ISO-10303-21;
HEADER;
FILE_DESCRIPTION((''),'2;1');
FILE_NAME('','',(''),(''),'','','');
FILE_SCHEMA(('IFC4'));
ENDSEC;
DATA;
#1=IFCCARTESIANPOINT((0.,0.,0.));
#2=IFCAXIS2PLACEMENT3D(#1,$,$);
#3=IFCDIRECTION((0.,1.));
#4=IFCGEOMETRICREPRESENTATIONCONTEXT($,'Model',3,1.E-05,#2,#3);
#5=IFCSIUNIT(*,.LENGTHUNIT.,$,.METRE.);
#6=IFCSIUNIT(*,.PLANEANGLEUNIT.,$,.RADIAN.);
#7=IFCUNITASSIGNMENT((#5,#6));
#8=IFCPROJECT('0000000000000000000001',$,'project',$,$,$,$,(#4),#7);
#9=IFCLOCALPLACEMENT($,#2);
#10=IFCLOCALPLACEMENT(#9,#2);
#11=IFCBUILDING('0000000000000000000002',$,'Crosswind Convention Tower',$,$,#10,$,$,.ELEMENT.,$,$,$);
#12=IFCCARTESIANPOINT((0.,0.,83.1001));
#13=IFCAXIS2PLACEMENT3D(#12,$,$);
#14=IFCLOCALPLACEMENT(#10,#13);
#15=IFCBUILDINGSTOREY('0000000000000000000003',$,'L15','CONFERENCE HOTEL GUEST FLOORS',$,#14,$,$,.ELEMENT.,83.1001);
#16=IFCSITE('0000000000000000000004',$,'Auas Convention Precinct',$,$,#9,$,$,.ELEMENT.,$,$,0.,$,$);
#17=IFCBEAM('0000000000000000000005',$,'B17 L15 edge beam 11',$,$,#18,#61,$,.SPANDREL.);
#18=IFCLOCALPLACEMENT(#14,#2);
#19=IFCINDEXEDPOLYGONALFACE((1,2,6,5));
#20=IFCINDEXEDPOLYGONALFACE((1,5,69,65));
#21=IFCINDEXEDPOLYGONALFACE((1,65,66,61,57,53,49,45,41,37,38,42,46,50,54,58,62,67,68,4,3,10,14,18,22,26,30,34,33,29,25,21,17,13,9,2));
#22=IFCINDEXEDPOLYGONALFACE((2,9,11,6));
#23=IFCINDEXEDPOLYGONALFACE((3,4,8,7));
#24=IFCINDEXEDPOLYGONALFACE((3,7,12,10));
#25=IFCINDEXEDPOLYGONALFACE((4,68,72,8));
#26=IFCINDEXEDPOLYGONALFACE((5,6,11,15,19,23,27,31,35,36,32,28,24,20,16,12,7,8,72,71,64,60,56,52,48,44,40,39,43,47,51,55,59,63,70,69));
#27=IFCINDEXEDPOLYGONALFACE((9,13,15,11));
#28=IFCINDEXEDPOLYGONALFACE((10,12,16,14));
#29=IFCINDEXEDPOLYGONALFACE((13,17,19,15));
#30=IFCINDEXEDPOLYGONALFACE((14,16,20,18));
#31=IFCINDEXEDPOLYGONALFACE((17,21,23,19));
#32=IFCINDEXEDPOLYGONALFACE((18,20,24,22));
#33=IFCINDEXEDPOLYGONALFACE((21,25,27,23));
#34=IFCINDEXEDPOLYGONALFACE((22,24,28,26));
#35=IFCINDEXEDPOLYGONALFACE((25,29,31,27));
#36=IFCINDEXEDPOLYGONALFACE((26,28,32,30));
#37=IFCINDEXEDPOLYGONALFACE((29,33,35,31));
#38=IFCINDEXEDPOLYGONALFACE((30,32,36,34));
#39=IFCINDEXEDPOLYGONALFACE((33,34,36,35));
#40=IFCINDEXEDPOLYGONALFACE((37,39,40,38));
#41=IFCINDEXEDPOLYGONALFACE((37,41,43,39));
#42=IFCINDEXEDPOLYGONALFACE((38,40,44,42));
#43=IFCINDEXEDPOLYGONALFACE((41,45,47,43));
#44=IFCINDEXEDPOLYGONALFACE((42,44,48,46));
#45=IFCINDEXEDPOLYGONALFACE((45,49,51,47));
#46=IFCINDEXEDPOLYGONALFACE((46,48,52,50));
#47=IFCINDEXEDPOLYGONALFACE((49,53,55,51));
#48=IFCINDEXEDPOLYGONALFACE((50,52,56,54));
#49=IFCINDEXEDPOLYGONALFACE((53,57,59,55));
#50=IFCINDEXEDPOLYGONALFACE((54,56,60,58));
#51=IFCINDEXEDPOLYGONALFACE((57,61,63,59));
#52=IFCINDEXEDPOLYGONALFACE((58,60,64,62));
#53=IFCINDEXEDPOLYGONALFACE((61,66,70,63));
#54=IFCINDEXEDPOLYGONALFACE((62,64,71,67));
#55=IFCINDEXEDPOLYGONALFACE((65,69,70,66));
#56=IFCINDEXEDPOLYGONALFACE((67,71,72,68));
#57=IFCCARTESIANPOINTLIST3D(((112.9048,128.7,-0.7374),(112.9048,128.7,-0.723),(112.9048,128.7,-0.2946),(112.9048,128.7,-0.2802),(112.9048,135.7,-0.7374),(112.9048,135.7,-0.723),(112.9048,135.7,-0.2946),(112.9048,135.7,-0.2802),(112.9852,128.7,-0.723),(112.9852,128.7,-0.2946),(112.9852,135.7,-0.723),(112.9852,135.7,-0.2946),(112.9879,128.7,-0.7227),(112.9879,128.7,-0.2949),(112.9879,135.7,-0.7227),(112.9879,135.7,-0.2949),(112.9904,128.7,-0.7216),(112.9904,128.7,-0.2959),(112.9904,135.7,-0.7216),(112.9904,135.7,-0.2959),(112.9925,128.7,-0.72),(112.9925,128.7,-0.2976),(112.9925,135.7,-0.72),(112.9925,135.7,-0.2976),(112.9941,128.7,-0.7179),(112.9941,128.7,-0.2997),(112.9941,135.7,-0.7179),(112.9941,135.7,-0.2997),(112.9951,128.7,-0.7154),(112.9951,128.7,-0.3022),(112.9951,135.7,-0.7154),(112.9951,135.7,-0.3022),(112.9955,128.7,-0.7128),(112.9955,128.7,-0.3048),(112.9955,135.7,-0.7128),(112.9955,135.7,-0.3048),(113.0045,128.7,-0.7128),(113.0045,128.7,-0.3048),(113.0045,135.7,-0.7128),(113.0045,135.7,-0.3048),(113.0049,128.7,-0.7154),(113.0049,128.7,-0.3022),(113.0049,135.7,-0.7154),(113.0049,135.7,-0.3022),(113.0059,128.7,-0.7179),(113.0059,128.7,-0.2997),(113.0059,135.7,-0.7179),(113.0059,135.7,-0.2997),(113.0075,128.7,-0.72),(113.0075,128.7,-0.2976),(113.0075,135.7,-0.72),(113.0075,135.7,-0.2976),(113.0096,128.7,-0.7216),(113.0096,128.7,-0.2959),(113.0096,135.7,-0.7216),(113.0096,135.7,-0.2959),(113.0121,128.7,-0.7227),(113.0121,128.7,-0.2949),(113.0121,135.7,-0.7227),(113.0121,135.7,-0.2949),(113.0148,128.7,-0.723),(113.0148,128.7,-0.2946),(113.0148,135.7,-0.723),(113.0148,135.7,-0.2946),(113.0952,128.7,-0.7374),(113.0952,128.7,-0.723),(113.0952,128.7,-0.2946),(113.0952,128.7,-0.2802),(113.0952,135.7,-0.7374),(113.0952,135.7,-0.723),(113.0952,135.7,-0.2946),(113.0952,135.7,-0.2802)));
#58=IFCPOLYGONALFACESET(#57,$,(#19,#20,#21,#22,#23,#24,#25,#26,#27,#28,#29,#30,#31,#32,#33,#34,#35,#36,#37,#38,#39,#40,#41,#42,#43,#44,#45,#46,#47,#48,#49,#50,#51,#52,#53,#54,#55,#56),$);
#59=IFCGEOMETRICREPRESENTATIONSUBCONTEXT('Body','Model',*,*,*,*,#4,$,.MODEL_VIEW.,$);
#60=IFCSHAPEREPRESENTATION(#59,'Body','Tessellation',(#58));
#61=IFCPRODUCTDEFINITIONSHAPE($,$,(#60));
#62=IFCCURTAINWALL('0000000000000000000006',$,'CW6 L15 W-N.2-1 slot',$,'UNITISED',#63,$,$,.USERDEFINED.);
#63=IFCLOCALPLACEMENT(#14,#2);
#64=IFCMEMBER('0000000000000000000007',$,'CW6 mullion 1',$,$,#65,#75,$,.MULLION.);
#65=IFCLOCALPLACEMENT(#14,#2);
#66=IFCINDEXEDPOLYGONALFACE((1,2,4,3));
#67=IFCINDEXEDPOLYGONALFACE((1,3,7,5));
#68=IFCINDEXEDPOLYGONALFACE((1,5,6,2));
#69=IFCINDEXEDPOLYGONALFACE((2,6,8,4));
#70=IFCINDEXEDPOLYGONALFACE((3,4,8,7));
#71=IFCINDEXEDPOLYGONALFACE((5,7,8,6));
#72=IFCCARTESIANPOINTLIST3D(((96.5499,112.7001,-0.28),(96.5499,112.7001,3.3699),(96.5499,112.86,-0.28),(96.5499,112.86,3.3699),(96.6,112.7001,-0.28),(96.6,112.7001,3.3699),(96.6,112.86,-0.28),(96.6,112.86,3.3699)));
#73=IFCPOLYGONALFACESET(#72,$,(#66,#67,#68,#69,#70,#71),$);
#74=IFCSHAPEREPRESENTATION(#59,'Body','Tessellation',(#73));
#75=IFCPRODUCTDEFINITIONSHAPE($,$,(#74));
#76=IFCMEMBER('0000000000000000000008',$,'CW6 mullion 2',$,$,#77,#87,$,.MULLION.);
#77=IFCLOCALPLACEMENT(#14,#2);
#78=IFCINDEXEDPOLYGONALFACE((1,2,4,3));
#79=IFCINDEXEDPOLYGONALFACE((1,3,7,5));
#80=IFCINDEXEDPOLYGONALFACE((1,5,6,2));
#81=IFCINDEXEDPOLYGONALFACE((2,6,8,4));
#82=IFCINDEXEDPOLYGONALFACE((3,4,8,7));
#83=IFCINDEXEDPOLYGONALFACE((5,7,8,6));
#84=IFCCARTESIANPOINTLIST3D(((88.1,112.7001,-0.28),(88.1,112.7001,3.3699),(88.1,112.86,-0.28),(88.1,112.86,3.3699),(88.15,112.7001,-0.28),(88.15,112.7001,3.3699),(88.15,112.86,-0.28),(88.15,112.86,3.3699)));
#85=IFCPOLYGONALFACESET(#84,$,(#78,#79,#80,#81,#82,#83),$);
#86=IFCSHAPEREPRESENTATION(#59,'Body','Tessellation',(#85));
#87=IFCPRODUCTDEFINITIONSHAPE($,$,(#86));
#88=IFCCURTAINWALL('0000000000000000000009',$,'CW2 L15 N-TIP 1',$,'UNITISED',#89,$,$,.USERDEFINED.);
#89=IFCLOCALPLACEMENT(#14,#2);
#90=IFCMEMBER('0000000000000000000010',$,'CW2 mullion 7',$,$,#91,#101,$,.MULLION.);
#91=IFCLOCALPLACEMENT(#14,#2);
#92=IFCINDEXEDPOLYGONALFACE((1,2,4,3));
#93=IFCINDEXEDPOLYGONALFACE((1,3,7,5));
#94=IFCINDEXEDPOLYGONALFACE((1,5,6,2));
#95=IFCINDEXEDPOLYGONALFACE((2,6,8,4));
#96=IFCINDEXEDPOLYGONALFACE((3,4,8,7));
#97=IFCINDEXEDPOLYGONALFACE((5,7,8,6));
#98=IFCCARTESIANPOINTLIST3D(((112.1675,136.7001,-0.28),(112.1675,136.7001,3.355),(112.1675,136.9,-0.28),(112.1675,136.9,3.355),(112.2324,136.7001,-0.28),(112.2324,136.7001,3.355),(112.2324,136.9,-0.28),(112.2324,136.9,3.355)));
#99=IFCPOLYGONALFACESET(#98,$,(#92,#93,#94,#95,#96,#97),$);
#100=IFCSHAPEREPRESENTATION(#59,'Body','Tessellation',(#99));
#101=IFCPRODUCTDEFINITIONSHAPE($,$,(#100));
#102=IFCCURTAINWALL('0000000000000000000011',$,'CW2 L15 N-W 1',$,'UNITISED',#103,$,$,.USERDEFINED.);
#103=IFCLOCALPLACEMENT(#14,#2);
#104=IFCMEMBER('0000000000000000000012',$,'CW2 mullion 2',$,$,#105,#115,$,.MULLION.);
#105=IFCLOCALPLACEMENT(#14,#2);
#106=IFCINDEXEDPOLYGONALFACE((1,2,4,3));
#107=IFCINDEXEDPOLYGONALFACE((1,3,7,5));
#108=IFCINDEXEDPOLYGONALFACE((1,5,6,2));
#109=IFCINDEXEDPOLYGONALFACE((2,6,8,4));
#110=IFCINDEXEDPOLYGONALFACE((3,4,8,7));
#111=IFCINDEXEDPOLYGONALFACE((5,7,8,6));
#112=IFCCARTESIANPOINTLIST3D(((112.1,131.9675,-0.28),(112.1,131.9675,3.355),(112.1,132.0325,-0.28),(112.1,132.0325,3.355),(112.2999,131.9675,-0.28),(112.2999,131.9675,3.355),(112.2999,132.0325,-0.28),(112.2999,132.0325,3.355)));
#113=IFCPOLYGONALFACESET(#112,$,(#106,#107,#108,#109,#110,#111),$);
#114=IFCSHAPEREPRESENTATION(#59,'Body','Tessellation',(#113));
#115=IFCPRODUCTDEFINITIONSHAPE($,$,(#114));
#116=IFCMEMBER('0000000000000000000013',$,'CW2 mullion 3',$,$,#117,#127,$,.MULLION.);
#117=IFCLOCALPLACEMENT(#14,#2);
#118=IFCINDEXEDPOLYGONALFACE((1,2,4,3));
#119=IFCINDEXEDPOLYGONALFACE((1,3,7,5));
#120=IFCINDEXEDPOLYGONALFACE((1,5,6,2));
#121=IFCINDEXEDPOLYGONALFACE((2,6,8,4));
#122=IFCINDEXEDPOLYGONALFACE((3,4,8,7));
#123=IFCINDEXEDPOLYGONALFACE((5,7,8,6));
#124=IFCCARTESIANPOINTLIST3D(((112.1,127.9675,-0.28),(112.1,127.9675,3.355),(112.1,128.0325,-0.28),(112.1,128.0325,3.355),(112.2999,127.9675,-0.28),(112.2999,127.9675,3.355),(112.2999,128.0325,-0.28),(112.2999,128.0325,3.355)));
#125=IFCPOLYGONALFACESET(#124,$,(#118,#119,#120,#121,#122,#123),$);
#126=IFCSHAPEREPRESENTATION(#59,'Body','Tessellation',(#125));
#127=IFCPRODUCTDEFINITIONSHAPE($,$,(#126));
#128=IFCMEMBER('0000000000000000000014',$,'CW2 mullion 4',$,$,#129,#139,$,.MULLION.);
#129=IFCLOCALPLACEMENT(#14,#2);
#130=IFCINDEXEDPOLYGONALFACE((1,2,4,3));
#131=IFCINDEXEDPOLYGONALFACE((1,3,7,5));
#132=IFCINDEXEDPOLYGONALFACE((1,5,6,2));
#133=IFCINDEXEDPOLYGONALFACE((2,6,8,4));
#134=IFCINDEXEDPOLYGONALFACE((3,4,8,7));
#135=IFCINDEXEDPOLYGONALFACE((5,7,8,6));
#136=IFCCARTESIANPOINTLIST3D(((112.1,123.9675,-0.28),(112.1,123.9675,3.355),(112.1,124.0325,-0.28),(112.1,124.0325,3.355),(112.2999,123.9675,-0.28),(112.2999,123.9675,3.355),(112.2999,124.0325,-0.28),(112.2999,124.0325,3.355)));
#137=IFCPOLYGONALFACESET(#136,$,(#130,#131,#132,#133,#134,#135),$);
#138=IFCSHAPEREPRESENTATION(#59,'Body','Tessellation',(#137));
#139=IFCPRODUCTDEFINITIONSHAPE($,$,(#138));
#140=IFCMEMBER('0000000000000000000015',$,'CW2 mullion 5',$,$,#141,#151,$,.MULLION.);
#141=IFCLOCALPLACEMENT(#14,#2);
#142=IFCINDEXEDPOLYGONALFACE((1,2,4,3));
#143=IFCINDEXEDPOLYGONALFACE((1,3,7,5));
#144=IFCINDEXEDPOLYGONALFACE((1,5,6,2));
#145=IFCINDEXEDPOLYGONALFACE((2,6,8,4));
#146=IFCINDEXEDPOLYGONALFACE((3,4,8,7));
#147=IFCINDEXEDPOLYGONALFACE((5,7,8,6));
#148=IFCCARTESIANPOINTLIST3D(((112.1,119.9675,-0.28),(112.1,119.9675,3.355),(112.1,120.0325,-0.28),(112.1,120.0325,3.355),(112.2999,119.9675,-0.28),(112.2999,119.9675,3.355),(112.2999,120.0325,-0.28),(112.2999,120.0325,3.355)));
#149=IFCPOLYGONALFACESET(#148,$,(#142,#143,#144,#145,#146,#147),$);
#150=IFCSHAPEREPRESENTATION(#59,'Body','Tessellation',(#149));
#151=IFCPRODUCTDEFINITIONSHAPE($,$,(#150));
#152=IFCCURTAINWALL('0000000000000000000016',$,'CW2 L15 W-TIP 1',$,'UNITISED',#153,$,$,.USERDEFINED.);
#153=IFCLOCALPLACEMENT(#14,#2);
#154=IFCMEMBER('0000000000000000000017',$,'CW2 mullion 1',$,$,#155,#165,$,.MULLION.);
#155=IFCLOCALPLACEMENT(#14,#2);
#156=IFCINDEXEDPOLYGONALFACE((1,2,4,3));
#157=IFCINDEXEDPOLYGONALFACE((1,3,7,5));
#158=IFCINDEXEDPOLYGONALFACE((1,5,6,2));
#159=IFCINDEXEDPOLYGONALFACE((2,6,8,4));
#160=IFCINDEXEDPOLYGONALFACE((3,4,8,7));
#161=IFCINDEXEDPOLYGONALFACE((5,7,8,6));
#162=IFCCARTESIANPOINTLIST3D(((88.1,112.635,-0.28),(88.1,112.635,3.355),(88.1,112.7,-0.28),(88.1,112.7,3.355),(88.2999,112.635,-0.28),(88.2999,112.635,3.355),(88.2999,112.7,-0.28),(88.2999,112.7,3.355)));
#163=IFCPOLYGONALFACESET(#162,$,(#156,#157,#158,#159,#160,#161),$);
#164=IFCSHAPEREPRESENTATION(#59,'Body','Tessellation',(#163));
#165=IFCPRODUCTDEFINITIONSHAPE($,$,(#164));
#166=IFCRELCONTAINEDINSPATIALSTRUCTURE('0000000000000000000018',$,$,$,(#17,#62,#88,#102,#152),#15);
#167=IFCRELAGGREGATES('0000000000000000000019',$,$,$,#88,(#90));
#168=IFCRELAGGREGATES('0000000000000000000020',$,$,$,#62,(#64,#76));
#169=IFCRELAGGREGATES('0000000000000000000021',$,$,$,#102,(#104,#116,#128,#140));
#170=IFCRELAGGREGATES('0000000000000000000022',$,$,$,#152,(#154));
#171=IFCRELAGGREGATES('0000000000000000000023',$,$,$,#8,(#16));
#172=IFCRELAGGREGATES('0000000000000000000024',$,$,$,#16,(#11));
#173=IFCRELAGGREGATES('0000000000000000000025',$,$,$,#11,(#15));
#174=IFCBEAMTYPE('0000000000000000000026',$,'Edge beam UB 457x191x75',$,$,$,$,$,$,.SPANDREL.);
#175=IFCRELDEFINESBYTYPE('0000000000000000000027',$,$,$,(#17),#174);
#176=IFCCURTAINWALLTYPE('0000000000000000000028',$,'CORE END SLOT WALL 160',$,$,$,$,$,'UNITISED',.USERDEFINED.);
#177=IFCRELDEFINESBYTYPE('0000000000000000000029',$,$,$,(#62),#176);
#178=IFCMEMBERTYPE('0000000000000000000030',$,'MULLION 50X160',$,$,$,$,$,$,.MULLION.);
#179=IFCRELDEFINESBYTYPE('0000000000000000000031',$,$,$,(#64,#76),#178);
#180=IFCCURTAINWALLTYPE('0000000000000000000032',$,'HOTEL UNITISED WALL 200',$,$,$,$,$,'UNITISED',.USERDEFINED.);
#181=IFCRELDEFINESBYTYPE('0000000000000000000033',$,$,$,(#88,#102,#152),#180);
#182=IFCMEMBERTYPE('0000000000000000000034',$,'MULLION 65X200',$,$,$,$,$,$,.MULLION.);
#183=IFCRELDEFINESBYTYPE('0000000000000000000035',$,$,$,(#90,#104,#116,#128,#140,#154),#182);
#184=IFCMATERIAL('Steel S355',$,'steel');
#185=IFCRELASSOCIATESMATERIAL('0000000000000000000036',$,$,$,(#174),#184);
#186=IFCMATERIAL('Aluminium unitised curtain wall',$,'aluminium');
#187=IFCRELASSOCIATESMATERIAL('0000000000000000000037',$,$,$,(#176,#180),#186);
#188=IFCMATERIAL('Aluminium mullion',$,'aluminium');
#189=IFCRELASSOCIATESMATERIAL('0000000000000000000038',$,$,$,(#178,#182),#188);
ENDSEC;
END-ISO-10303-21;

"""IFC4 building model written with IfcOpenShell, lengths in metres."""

from ifc_helpers import new_model, si_unit, direction, frame, origin, origin_2d, place, context, subcontext, project, spatial, rectangle, i_section, extrude, material, material_profile, profile_set, type_object, element, aggregate, save


model = new_model("IFC4")

# Units and contexts
model_context = context("Model", 3, precision=1e-05, world=origin(), true_north=direction((0.0, 1.0)))
body_context = subcontext(model_context, "Body", "Model", "MODEL_VIEW")
ifc_project = project(units=[si_unit("LENGTHUNIT", "METRE"), si_unit("PLANEANGLEUNIT", "RADIAN")], contexts=[model_context])

# Site, building, storey
site_placement = place(None, origin())
site = spatial("IfcSite", under=ifc_project, at=site_placement, Name="Auas Convention Precinct", CompositionType="ELEMENT", RefElevation=0.0)
building_placement = place(site_placement, origin())
building = spatial("IfcBuilding", under=site, at=building_placement, Name="Crosswind Convention Tower", CompositionType="ELEMENT")
storey_placement = place(building_placement, frame((0.0, 0.0, 83.1001)))
storey = spatial("IfcBuildingStorey", under=building, at=storey_placement, Name="L15", Description="CONFERENCE HOTEL GUEST FLOORS", CompositionType="ELEMENT", Elevation=83.1001)

# Beam
ifc_material_1 = material(Name="Steel S355", Category="steel")
ifc_material_profile_1 = material_profile(ifc_material_1, i_section(OverallWidth=0.1904, OverallDepth=0.4573, WebThickness=0.009, FlangeThickness=0.0144, FilletRadius=0.0103, at=origin_2d()), Name="UB 457x191x75")
ifc_profile_set_1 = profile_set([ifc_material_profile_1], Name="Steel S355")
beam_type_1 = type_object("IfcBeamType", Name="Edge beam UB 457x191x75", PredefinedType="SPANDREL", material=ifc_profile_set_1)
beam_1_placement = place(storey_placement, frame((113.0, 128.7, -0.5088), z_axis=(0.0, 1.0, 0.0), x_axis=(-1.0, 0.0, 0.0)))
element("IfcBeam", 1, at=beam_1_placement, inside=storey, type_object=beam_type_1, Name="B17 L15 edge beam 11", PredefinedType="SPANDREL", context=body_context, shape_type="SweptSolid", body=[
    extrude(i_section(OverallWidth=0.1904, OverallDepth=0.4573, WebThickness=0.009, FlangeThickness=0.0144, FilletRadius=0.0103, at=origin_2d()), origin(), (0.0, 0.0, 1.0), 7.0),
])

# Curtain wall, members
ifc_material_2 = material(Name="Aluminium unitised curtain wall", Category="aluminium")
curtain_wall_type_1 = type_object("IfcCurtainWallType", Name="CORE END SLOT WALL 160", ElementType="UNITISED", PredefinedType="USERDEFINED", material=ifc_material_2)
curtain_wall_1_placement = place(storey_placement, origin())
curtain_wall_1 = element("IfcCurtainWall", 2, at=curtain_wall_1_placement, inside=storey, type_object=curtain_wall_type_1, Name="CW6 L15 W-N.2-1 slot", ObjectType="UNITISED", PredefinedType="USERDEFINED")
ifc_material_3 = material(Name="Aluminium mullion", Category="aluminium")
ifc_material_profile_2 = material_profile(ifc_material_3, rectangle(XDim=0.1599, YDim=0.05, at=origin_2d()), Name="AL 160X50")
ifc_profile_set_2 = profile_set([ifc_material_profile_2], Name="Aluminium mullion")
member_type_1 = type_object("IfcMemberType", Name="MULLION 50X160", PredefinedType="MULLION", material=ifc_profile_set_2)
member_1_placement = place(storey_placement, frame((96.575, 112.78, -0.28), z_axis=(0.0, 0.0, 1.0), x_axis=(0.0, 1.0, 0.0)))
member_1 = element("IfcMember", 3, at=member_1_placement, type_object=member_type_1, Name="CW6 mullion 1", PredefinedType="MULLION", context=body_context, shape_type="SweptSolid", body=[
    extrude(rectangle(XDim=0.1599, YDim=0.05, at=origin_2d()), origin(), (0.0, 0.0, 1.0), 3.6499),
])
member_2_placement = place(storey_placement, frame((88.125, 112.78, -0.28), z_axis=(0.0, 0.0, 1.0), x_axis=(0.0, 1.0, 0.0)))
member_2 = element("IfcMember", 4, at=member_2_placement, type_object=member_type_1, Name="CW6 mullion 2", PredefinedType="MULLION", context=body_context, shape_type="SweptSolid", body=[
    extrude(rectangle(XDim=0.1599, YDim=0.05, at=origin_2d()), origin(), (0.0, 0.0, 1.0), 3.6499),
])

# Curtain wall, member
curtain_wall_type_2 = type_object("IfcCurtainWallType", Name="HOTEL UNITISED WALL 200", ElementType="UNITISED", PredefinedType="USERDEFINED", material=ifc_material_2)
curtain_wall_2_placement = place(storey_placement, origin())
curtain_wall_2 = element("IfcCurtainWall", 5, at=curtain_wall_2_placement, inside=storey, type_object=curtain_wall_type_2, Name="CW2 L15 N-TIP 1", ObjectType="UNITISED", PredefinedType="USERDEFINED")
ifc_material_profile_3 = material_profile(ifc_material_3, rectangle(XDim=0.2, YDim=0.0649, at=origin_2d()), Name="AL 200X65")
ifc_profile_set_3 = profile_set([ifc_material_profile_3], Name="Aluminium mullion")
member_type_2 = type_object("IfcMemberType", Name="MULLION 65X200", PredefinedType="MULLION", material=ifc_profile_set_3)
member_3_placement = place(storey_placement, frame((112.2, 136.8, -0.28), z_axis=(0.0, 0.0, 1.0), x_axis=(0.0, 1.0, 0.0)))
member_3 = element("IfcMember", 6, at=member_3_placement, type_object=member_type_2, Name="CW2 mullion 7", PredefinedType="MULLION", context=body_context, shape_type="SweptSolid", body=[
    extrude(rectangle(XDim=0.2, YDim=0.0649, at=origin_2d()), origin(), (0.0, 0.0, 1.0), 3.635),
])
aggregate(curtain_wall_2, [member_3])

# Curtain wall, members
curtain_wall_3_placement = place(storey_placement, origin())
curtain_wall_3 = element("IfcCurtainWall", 7, at=curtain_wall_3_placement, inside=storey, type_object=curtain_wall_type_2, Name="CW2 L15 N-W 1", ObjectType="UNITISED", PredefinedType="USERDEFINED")
member_4_placement = place(storey_placement, frame((112.2, 132.0, -0.28), z_axis=(0.0, 0.0, 1.0), x_axis=(-1.0, 0.0, 0.0)))
member_4 = element("IfcMember", 8, at=member_4_placement, type_object=member_type_2, Name="CW2 mullion 2", PredefinedType="MULLION", context=body_context, shape_type="SweptSolid", body=[
    extrude(rectangle(XDim=0.2, YDim=0.0649, at=origin_2d()), origin(), (0.0, 0.0, 1.0), 3.635),
])
member_5_placement = place(storey_placement, frame((112.2, 128.0, -0.28), z_axis=(0.0, 0.0, 1.0), x_axis=(-1.0, 0.0, 0.0)))
member_5 = element("IfcMember", 9, at=member_5_placement, type_object=member_type_2, Name="CW2 mullion 3", PredefinedType="MULLION", context=body_context, shape_type="SweptSolid", body=[
    extrude(rectangle(XDim=0.2, YDim=0.0649, at=origin_2d()), origin(), (0.0, 0.0, 1.0), 3.635),
])
member_6_placement = place(storey_placement, frame((112.2, 124.0, -0.28), z_axis=(0.0, 0.0, 1.0), x_axis=(-1.0, 0.0, 0.0)))
member_6 = element("IfcMember", 10, at=member_6_placement, type_object=member_type_2, Name="CW2 mullion 4", PredefinedType="MULLION", context=body_context, shape_type="SweptSolid", body=[
    extrude(rectangle(XDim=0.2, YDim=0.0649, at=origin_2d()), origin(), (0.0, 0.0, 1.0), 3.635),
])
member_7_placement = place(storey_placement, frame((112.2, 120.0, -0.28), z_axis=(0.0, 0.0, 1.0), x_axis=(-1.0, 0.0, 0.0)))
member_7 = element("IfcMember", 11, at=member_7_placement, type_object=member_type_2, Name="CW2 mullion 5", PredefinedType="MULLION", context=body_context, shape_type="SweptSolid", body=[
    extrude(rectangle(XDim=0.2, YDim=0.0649, at=origin_2d()), origin(), (0.0, 0.0, 1.0), 3.635),
])

# Curtain wall, member
curtain_wall_4_placement = place(storey_placement, origin())
curtain_wall_4 = element("IfcCurtainWall", 12, at=curtain_wall_4_placement, inside=storey, type_object=curtain_wall_type_2, Name="CW2 L15 W-TIP 1", ObjectType="UNITISED", PredefinedType="USERDEFINED")
member_8_placement = place(storey_placement, frame((88.2, 112.6675, -0.28), z_axis=(0.0, 0.0, 1.0), x_axis=(-1.0, 0.0, 0.0)))
member_8 = element("IfcMember", 13, at=member_8_placement, type_object=member_type_2, Name="CW2 mullion 1", PredefinedType="MULLION", context=body_context, shape_type="SweptSolid", body=[
    extrude(rectangle(XDim=0.2, YDim=0.0649, at=origin_2d()), origin(), (0.0, 0.0, 1.0), 3.635),
])

aggregate(curtain_wall_1, [member_1, member_2])

aggregate(curtain_wall_3, [member_4, member_5, member_6, member_7])
aggregate(curtain_wall_4, [member_8])

save(model, "model.ifc")
